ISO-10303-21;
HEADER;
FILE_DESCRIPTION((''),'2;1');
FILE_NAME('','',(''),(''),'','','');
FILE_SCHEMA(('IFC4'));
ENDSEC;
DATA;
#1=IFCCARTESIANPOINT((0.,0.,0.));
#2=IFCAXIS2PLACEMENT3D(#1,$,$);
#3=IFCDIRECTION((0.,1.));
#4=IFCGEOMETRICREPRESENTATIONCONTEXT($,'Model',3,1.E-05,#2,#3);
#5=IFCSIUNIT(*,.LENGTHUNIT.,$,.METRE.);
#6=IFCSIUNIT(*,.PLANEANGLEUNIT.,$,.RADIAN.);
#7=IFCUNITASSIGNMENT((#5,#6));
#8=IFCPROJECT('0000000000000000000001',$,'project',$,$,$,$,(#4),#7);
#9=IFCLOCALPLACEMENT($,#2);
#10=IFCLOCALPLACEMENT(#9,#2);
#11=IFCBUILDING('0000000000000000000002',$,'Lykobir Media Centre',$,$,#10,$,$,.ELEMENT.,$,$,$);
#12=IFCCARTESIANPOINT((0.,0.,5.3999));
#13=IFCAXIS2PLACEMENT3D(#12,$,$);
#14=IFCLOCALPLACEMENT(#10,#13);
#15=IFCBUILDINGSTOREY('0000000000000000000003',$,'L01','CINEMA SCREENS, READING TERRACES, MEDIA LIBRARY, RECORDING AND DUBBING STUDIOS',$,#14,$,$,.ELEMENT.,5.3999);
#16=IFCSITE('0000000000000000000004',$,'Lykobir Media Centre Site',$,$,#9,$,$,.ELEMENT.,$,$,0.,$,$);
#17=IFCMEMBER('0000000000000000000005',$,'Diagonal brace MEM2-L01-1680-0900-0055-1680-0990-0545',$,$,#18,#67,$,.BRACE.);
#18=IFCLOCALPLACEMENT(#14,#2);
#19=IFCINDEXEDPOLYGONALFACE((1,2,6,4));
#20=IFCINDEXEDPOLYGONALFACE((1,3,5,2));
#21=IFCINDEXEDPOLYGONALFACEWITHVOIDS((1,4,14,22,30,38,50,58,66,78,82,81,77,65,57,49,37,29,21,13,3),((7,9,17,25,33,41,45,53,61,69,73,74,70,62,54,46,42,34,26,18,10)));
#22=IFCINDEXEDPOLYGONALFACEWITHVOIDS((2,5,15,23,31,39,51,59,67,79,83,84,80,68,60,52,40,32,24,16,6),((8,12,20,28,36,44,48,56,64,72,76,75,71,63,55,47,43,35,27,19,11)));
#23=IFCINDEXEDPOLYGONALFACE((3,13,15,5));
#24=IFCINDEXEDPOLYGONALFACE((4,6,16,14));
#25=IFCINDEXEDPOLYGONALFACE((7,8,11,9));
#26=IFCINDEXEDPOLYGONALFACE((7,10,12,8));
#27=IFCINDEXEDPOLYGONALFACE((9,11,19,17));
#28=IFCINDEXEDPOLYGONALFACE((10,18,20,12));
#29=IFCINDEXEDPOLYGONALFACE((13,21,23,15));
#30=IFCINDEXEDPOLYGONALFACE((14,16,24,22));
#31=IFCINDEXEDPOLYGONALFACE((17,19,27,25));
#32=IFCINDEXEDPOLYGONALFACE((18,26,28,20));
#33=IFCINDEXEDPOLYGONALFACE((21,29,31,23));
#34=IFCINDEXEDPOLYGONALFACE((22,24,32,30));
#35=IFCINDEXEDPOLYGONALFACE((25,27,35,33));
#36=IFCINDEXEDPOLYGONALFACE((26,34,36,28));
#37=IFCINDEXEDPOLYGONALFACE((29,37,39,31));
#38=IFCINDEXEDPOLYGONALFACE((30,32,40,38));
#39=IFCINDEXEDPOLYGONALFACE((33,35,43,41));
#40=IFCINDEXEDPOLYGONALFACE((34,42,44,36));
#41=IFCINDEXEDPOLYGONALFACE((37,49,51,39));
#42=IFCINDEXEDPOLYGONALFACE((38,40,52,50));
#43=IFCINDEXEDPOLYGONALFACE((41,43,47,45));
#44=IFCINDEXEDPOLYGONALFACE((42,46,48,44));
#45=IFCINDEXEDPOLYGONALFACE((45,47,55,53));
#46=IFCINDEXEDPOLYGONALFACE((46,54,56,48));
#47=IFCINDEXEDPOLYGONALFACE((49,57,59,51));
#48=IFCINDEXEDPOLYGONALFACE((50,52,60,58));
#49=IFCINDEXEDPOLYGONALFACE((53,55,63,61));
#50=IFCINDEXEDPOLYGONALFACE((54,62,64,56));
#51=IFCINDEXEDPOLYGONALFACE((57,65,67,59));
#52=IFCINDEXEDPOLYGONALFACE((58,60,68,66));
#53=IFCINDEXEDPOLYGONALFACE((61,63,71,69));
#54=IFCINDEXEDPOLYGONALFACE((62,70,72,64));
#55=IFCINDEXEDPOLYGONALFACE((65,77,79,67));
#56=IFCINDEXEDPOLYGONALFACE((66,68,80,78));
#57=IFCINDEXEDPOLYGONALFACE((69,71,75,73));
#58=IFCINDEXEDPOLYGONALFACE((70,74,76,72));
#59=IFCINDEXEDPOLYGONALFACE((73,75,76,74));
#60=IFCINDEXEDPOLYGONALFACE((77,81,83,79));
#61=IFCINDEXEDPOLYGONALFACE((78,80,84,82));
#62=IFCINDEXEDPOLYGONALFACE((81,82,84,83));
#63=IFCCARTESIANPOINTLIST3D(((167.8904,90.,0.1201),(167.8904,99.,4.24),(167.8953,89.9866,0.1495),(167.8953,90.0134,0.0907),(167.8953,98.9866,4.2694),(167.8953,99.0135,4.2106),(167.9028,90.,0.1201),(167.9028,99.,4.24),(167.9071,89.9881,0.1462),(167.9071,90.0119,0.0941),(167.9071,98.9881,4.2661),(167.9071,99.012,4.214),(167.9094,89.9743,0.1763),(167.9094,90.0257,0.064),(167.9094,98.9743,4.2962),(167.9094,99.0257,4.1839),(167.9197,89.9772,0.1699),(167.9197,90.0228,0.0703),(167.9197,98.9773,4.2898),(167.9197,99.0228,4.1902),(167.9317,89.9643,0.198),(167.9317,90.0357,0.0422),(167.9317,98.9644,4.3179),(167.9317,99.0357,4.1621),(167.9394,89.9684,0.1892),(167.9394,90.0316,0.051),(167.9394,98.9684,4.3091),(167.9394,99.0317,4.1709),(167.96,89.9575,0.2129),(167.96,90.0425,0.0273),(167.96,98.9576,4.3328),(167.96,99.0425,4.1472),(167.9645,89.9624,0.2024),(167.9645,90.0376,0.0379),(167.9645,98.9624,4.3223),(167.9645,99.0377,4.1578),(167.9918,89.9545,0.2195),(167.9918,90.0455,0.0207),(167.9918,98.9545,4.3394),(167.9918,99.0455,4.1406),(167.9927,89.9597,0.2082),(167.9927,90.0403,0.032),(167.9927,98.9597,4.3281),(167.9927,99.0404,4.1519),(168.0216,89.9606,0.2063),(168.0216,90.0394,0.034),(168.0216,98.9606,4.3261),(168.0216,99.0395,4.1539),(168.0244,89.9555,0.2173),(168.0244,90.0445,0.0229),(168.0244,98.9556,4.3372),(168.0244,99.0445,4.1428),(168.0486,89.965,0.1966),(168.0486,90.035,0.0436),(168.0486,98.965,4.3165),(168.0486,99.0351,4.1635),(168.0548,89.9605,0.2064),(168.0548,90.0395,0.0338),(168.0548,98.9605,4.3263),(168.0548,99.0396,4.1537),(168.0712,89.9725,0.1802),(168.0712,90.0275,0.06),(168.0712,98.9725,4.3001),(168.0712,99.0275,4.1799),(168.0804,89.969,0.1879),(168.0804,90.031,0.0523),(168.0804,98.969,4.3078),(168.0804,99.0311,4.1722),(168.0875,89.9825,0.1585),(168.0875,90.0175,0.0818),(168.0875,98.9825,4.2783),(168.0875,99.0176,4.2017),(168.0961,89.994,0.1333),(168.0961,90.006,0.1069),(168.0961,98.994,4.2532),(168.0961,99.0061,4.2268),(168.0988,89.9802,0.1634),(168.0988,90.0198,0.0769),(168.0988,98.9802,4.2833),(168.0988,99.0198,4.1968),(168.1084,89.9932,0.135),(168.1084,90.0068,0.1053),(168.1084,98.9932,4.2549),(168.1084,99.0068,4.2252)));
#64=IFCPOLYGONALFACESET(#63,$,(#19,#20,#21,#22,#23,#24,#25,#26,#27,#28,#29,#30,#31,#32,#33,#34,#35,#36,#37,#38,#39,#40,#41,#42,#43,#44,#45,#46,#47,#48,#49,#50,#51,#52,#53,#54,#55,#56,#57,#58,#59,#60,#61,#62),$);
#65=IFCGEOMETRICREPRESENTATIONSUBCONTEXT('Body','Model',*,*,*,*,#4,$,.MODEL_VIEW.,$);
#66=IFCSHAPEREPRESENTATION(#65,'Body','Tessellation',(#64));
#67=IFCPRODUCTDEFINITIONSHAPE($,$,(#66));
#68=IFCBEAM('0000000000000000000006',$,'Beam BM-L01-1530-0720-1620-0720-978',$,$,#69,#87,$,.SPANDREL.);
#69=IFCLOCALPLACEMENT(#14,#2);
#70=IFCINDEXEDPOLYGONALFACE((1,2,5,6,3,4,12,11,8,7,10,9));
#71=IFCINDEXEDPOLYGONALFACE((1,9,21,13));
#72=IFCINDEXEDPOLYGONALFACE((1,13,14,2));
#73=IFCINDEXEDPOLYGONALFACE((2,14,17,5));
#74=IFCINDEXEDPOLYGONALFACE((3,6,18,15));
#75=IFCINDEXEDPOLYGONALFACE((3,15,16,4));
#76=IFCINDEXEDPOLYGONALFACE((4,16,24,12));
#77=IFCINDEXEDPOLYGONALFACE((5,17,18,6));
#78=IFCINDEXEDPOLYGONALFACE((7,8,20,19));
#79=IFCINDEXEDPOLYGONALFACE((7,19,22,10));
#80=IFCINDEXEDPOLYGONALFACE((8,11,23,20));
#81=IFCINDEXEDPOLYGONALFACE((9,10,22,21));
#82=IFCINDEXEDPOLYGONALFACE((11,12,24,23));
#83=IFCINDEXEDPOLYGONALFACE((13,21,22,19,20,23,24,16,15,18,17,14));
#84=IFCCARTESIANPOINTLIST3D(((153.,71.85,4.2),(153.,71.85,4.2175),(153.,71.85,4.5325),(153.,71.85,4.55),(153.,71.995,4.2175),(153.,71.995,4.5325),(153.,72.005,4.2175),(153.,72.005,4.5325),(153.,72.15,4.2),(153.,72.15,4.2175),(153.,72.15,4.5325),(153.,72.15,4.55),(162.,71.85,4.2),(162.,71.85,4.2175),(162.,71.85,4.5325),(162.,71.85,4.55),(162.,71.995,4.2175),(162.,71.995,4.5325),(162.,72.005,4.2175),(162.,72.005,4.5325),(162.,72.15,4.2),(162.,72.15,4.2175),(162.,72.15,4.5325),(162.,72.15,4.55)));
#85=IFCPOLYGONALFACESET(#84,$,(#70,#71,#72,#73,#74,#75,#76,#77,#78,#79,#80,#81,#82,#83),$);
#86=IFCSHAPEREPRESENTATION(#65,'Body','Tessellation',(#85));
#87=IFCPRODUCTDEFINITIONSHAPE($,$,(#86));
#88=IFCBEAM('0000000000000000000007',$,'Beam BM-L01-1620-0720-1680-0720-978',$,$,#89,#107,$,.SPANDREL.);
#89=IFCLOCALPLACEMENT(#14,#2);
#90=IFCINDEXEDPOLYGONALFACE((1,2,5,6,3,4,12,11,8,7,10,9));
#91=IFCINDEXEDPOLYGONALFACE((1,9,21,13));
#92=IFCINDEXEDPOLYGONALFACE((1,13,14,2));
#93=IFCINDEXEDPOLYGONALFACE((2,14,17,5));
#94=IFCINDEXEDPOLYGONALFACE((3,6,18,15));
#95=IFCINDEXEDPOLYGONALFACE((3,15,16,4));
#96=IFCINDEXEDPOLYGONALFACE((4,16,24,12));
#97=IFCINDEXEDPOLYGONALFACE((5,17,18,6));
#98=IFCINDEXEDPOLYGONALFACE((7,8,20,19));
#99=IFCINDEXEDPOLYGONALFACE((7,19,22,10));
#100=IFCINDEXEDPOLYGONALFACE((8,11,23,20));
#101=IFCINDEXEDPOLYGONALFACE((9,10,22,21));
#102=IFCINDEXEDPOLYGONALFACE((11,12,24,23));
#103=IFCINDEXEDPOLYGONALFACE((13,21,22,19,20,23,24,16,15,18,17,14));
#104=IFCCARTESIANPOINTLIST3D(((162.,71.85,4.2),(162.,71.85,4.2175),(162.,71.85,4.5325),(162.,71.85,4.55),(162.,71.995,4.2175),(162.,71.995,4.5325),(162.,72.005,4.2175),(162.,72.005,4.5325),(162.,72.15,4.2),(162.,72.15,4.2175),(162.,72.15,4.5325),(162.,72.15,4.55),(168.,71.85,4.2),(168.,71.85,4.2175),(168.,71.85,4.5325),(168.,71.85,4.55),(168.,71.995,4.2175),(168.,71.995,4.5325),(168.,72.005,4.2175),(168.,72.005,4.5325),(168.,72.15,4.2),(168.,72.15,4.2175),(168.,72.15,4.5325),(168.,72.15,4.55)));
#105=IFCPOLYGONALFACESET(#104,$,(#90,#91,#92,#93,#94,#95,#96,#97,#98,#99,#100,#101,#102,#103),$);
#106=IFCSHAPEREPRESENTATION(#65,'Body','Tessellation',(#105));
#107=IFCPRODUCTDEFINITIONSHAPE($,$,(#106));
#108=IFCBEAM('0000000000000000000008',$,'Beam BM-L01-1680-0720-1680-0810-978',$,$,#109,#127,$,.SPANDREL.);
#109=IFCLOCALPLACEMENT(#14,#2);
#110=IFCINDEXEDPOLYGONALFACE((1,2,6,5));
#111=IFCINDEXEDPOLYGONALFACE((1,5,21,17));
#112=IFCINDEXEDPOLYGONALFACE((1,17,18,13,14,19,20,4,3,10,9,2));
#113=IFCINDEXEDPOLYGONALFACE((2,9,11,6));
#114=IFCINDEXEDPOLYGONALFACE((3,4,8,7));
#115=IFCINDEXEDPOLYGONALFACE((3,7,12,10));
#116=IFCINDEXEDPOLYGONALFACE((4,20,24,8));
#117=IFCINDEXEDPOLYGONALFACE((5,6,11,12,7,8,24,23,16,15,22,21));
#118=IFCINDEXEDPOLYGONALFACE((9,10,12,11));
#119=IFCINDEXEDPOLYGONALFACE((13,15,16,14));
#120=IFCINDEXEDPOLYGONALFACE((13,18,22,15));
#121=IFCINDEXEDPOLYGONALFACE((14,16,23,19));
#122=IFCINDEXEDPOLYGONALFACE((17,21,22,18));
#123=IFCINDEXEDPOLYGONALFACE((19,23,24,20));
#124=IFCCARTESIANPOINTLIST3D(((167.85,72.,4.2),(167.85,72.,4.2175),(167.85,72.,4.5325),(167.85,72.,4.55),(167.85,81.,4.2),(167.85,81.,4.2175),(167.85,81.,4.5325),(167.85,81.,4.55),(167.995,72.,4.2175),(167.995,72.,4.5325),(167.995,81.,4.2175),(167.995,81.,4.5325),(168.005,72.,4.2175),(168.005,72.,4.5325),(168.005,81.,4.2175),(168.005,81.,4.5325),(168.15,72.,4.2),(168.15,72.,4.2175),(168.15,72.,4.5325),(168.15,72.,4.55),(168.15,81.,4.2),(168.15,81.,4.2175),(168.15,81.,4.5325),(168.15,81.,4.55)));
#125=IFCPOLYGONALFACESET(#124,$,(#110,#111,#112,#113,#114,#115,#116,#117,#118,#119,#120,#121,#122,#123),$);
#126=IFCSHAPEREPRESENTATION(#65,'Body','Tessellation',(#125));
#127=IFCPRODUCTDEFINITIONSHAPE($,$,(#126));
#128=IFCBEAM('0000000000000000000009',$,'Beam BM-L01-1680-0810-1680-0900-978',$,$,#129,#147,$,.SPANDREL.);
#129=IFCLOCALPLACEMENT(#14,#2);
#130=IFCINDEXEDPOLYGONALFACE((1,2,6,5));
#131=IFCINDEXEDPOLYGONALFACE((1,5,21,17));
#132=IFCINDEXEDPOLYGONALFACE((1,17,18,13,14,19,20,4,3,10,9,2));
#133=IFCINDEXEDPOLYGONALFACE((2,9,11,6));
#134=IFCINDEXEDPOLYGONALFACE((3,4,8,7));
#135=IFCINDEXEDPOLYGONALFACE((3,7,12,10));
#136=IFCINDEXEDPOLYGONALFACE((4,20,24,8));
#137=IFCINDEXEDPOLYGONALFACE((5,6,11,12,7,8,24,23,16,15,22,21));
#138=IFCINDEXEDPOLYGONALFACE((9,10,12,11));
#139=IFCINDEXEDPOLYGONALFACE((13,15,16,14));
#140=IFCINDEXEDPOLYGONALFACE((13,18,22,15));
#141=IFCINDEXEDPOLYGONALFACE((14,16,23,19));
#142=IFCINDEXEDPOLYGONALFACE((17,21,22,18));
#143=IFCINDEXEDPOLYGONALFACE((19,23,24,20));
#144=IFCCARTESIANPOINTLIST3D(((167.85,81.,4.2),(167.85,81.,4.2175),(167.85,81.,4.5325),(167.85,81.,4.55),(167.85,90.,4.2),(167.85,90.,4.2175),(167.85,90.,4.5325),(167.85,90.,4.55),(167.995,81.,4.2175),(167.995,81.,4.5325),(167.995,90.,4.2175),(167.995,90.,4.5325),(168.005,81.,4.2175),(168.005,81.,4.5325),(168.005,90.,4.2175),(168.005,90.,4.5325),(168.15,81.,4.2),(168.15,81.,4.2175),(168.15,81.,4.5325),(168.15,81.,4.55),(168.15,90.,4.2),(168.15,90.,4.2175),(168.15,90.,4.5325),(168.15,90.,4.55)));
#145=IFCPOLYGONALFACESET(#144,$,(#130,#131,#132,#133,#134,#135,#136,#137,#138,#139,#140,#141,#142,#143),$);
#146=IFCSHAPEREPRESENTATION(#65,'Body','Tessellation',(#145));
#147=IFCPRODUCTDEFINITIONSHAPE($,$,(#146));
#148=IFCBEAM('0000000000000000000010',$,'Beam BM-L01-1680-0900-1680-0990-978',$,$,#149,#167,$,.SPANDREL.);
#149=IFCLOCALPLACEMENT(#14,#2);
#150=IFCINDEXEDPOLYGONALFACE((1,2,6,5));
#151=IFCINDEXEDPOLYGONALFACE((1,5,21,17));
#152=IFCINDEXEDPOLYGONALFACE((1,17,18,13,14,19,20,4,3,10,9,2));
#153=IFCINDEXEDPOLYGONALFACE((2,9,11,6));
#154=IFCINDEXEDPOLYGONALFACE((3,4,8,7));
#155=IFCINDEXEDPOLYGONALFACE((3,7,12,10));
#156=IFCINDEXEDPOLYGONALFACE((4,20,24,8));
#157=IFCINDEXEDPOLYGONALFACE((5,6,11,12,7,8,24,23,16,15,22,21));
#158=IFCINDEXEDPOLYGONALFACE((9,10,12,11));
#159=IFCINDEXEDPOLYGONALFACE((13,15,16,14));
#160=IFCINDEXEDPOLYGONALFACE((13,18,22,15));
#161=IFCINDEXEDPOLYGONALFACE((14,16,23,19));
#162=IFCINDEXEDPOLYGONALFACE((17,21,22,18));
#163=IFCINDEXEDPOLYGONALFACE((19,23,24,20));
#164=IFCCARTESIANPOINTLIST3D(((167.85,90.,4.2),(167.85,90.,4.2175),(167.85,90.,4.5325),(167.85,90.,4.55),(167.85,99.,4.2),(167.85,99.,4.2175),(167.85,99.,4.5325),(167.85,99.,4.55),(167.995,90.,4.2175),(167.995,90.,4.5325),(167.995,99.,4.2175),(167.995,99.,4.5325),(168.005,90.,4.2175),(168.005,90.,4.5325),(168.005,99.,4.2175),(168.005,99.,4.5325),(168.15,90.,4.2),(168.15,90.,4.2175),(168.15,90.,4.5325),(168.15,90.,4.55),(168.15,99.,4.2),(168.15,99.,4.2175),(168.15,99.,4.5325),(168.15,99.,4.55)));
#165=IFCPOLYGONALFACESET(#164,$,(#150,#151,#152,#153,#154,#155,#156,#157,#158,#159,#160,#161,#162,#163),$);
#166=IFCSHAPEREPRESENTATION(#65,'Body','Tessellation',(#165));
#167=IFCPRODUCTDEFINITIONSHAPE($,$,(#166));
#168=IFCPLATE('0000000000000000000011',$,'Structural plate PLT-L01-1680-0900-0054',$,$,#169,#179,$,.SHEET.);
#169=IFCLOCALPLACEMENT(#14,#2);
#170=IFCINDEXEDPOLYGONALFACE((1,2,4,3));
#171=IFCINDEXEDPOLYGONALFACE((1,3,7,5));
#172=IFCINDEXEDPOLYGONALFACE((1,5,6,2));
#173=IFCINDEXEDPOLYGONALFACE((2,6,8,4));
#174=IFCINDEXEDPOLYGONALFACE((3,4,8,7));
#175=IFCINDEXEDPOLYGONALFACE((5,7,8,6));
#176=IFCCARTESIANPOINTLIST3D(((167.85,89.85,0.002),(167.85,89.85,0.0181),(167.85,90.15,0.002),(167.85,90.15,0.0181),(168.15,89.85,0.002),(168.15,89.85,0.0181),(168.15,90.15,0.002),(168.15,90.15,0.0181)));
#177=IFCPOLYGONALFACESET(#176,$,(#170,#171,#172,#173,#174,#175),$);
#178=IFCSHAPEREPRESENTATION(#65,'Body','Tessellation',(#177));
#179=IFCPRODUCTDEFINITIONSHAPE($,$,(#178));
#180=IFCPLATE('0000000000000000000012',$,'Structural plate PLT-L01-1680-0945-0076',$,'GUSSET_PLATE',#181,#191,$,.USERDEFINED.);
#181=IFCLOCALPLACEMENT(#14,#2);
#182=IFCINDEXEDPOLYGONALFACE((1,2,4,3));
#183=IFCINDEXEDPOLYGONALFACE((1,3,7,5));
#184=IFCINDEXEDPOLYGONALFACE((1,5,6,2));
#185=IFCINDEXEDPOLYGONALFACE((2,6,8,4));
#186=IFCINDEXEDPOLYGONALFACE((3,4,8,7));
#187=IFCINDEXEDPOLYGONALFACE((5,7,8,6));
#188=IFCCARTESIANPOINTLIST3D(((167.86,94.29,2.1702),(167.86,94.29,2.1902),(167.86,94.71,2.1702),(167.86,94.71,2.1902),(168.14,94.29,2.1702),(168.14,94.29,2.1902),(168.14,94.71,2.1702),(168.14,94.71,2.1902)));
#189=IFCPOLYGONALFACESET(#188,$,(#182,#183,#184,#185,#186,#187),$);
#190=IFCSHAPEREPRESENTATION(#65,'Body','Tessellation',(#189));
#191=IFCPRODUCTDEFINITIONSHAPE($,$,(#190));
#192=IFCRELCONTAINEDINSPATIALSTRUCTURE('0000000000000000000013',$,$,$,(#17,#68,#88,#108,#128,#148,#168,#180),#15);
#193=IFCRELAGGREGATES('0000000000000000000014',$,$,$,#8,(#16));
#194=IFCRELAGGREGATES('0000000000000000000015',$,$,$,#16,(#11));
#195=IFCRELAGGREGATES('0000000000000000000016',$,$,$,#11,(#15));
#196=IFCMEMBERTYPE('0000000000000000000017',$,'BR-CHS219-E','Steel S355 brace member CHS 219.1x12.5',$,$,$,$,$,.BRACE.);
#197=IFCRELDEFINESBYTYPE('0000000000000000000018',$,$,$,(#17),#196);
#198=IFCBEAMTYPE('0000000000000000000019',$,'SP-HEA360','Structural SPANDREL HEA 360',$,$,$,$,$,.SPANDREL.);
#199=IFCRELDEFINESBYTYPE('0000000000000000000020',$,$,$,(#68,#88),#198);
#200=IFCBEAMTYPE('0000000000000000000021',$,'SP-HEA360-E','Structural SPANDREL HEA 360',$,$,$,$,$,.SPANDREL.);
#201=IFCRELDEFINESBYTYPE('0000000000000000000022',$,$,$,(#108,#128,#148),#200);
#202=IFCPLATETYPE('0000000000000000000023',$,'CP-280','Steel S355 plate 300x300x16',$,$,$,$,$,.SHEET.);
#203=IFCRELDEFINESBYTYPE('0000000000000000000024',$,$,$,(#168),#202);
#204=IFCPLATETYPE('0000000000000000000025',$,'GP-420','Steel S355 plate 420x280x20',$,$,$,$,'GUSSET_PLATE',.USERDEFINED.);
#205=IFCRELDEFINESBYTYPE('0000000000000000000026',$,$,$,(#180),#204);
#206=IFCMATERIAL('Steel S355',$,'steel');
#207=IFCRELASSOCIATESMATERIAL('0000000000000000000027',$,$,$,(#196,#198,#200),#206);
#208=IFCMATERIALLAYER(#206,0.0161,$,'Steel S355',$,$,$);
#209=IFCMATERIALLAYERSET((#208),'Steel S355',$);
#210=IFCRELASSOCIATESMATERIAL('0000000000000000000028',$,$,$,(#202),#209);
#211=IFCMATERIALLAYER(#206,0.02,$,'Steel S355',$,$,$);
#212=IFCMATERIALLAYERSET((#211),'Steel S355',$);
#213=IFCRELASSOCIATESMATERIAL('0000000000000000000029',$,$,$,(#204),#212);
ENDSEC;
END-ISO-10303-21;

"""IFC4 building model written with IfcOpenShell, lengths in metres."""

from ifc_helpers import new_model, si_unit, direction, frame, origin, origin_2d, place, context, subcontext, project, spatial, rectangle, hollow_circle, i_section, extrude, material, layer, layer_set, material_profile, profile_set, type_object, element, save


model = new_model("IFC4")

# Units and contexts
model_context = context("Model", 3, precision=1e-05, world=origin(), true_north=direction((0.0, 1.0)))
body_context = subcontext(model_context, "Body", "Model", "MODEL_VIEW")
ifc_project = project(units=[si_unit("LENGTHUNIT", "METRE"), si_unit("PLANEANGLEUNIT", "RADIAN")], contexts=[model_context])

# Site, building, storey
site_placement = place(None, origin())
site = spatial("IfcSite", under=ifc_project, at=site_placement, Name="Lykobir Media Centre Site", CompositionType="ELEMENT", RefElevation=0.0)
building_placement = place(site_placement, origin())
building = spatial("IfcBuilding", under=site, at=building_placement, Name="Lykobir Media Centre", CompositionType="ELEMENT")
storey_placement = place(building_placement, frame((0.0, 0.0, 5.3999)))
storey = spatial("IfcBuildingStorey", under=building, at=storey_placement, Name="L01", Description="CINEMA SCREENS, READING TERRACES, MEDIA LIBRARY, RECORDING AND DUBBING STUDIOS", CompositionType="ELEMENT", Elevation=5.3999)

# Member
ifc_material_1 = material(Name="Steel S355", Category="steel")
ifc_material_profile_1 = material_profile(ifc_material_1, hollow_circle(Radius=0.1096, WallThickness=0.0125, at=origin_2d()), Name="CHS 219.1x12.5")
ifc_profile_set_1 = profile_set([ifc_material_profile_1], Name="Steel S355")
member_type_1 = type_object("IfcMemberType", Name="BR-CHS219-E", Description="Steel S355 brace member CHS 219.1x12.5", PredefinedType="BRACE", material=ifc_profile_set_1)
member_1_placement = place(storey_placement, frame((168.0, 90.0, 0.1201), z_axis=(0.0, 0.909261, 0.416227), x_axis=(-1.0, 0.0, 0.0)))
element("IfcMember", 1, at=member_1_placement, inside=storey, type_object=member_type_1, Name="Diagonal brace MEM2-L01-1680-0900-0055-1680-0990-0545", PredefinedType="BRACE", context=body_context, shape_type="SweptSolid", body=[
    extrude(hollow_circle(Radius=0.1096, WallThickness=0.0125, at=origin_2d()), origin(), (0.0, 0.0, 1.0), 9.8982),
])

# Beams
ifc_material_profile_2 = material_profile(ifc_material_1, i_section(OverallWidth=0.3, OverallDepth=0.3501, WebThickness=0.01, FlangeThickness=0.0176, at=origin_2d()), Name="HEA 360")
ifc_profile_set_2 = profile_set([ifc_material_profile_2], Name="Steel S355")
beam_type_1 = type_object("IfcBeamType", Name="SP-HEA360", Description="Structural SPANDREL HEA 360", PredefinedType="SPANDREL", material=ifc_profile_set_2)
beam_1_placement = place(storey_placement, frame((153.0, 72.0, 4.375), z_axis=(1.0, 0.0, 0.0), x_axis=(0.0, 1.0, 0.0)))
element("IfcBeam", 2, at=beam_1_placement, inside=storey, type_object=beam_type_1, Name="Beam BM-L01-1530-0720-1620-0720-978", PredefinedType="SPANDREL", context=body_context, shape_type="SweptSolid", body=[
    extrude(i_section(OverallWidth=0.3, OverallDepth=0.3501, WebThickness=0.01, FlangeThickness=0.0176, at=origin_2d()), origin(), (0.0, 0.0, 1.0), 9.0),
])
beam_2_placement = place(storey_placement, frame((162.0, 72.0, 4.375), z_axis=(1.0, 0.0, 0.0), x_axis=(0.0, 1.0, 0.0)))
element("IfcBeam", 3, at=beam_2_placement, inside=storey, type_object=beam_type_1, Name="Beam BM-L01-1620-0720-1680-0720-978", PredefinedType="SPANDREL", context=body_context, shape_type="SweptSolid", body=[
    extrude(i_section(OverallWidth=0.3, OverallDepth=0.3501, WebThickness=0.01, FlangeThickness=0.0176, at=origin_2d()), origin(), (0.0, 0.0, 1.0), 6.0),
])
ifc_material_profile_3 = material_profile(ifc_material_1, i_section(OverallWidth=0.3, OverallDepth=0.3501, WebThickness=0.01, FlangeThickness=0.0176, at=origin_2d()), Name="HEA 360")
ifc_profile_set_3 = profile_set([ifc_material_profile_3], Name="Steel S355")
beam_type_2 = type_object("IfcBeamType", Name="SP-HEA360-E", Description="Structural SPANDREL HEA 360", PredefinedType="SPANDREL", material=ifc_profile_set_3)
for number, where, z_axis, x_axis, name in (
    (4, (168.0, 72.0, 4.375), (0.0, 1.0, 0.0), (-1.0, 0.0, 0.0), "Beam BM-L01-1680-0720-1680-0810-978"),
    (5, (168.0, 81.0, 4.375), (0.0, 1.0, 0.0), (-1.0, 0.0, 0.0), "Beam BM-L01-1680-0810-1680-0900-978"),
    (6, (168.0, 90.0, 4.375), (0.0, 1.0, 0.0), (-1.0, 0.0, 0.0), "Beam BM-L01-1680-0900-1680-0990-978"),
):
    element("IfcBeam", number, at=place(storey_placement, frame(where, z_axis=z_axis, x_axis=x_axis)), inside=storey, type_object=beam_type_2, Name=name, PredefinedType="SPANDREL", context=body_context, shape_type="SweptSolid", body=[
        extrude(i_section(OverallWidth=0.3, OverallDepth=0.3501, WebThickness=0.01, FlangeThickness=0.0176, at=origin_2d()), origin(), (0.0, 0.0, 1.0), 9.0),
    ])

# Plates
ifc_layer_1 = layer(ifc_material_1, 0.0161, Name="Steel S355")
ifc_layer_set_1 = layer_set([ifc_layer_1], Name="Steel S355")
plate_type_1 = type_object("IfcPlateType", Name="CP-280", Description="Steel S355 plate 300x300x16", PredefinedType="SHEET", material=ifc_layer_set_1)
plate_1_placement = place(storey_placement, frame((168.0, 90.0, 0.002), z_axis=(0.0, 0.0, 1.0), x_axis=(0.0, 1.0, 0.0)))
element("IfcPlate", 7, at=plate_1_placement, inside=storey, type_object=plate_type_1, Name="Structural plate PLT-L01-1680-0900-0054", PredefinedType="SHEET", context=body_context, shape_type="SweptSolid", body=[
    extrude(rectangle(XDim=0.3, YDim=0.3, at=origin_2d()), origin(), (0.0, 0.0, 1.0), 0.0161),
])
ifc_layer_2 = layer(ifc_material_1, 0.02, Name="Steel S355")
ifc_layer_set_2 = layer_set([ifc_layer_2], Name="Steel S355")
plate_type_2 = type_object("IfcPlateType", Name="GP-420", Description="Steel S355 plate 420x280x20", ElementType="GUSSET_PLATE", PredefinedType="USERDEFINED", material=ifc_layer_set_2)
for number, where, z_axis, x_axis, name in (
    (8, (168.0, 94.5, 2.1702), (0.0, 0.0, 1.0), (0.0, 1.0, 0.0), "Structural plate PLT-L01-1680-0945-0076"),
):
    element("IfcPlate", number, at=place(storey_placement, frame(where, z_axis=z_axis, x_axis=x_axis)), inside=storey, type_object=plate_type_2, Name=name, ObjectType="GUSSET_PLATE", PredefinedType="USERDEFINED", context=body_context, shape_type="SweptSolid", body=[
        extrude(rectangle(XDim=0.4199, YDim=0.28, at=origin_2d()), origin(), (0.0, 0.0, 1.0), 0.02),
    ])

save(model, "model.ifc")
